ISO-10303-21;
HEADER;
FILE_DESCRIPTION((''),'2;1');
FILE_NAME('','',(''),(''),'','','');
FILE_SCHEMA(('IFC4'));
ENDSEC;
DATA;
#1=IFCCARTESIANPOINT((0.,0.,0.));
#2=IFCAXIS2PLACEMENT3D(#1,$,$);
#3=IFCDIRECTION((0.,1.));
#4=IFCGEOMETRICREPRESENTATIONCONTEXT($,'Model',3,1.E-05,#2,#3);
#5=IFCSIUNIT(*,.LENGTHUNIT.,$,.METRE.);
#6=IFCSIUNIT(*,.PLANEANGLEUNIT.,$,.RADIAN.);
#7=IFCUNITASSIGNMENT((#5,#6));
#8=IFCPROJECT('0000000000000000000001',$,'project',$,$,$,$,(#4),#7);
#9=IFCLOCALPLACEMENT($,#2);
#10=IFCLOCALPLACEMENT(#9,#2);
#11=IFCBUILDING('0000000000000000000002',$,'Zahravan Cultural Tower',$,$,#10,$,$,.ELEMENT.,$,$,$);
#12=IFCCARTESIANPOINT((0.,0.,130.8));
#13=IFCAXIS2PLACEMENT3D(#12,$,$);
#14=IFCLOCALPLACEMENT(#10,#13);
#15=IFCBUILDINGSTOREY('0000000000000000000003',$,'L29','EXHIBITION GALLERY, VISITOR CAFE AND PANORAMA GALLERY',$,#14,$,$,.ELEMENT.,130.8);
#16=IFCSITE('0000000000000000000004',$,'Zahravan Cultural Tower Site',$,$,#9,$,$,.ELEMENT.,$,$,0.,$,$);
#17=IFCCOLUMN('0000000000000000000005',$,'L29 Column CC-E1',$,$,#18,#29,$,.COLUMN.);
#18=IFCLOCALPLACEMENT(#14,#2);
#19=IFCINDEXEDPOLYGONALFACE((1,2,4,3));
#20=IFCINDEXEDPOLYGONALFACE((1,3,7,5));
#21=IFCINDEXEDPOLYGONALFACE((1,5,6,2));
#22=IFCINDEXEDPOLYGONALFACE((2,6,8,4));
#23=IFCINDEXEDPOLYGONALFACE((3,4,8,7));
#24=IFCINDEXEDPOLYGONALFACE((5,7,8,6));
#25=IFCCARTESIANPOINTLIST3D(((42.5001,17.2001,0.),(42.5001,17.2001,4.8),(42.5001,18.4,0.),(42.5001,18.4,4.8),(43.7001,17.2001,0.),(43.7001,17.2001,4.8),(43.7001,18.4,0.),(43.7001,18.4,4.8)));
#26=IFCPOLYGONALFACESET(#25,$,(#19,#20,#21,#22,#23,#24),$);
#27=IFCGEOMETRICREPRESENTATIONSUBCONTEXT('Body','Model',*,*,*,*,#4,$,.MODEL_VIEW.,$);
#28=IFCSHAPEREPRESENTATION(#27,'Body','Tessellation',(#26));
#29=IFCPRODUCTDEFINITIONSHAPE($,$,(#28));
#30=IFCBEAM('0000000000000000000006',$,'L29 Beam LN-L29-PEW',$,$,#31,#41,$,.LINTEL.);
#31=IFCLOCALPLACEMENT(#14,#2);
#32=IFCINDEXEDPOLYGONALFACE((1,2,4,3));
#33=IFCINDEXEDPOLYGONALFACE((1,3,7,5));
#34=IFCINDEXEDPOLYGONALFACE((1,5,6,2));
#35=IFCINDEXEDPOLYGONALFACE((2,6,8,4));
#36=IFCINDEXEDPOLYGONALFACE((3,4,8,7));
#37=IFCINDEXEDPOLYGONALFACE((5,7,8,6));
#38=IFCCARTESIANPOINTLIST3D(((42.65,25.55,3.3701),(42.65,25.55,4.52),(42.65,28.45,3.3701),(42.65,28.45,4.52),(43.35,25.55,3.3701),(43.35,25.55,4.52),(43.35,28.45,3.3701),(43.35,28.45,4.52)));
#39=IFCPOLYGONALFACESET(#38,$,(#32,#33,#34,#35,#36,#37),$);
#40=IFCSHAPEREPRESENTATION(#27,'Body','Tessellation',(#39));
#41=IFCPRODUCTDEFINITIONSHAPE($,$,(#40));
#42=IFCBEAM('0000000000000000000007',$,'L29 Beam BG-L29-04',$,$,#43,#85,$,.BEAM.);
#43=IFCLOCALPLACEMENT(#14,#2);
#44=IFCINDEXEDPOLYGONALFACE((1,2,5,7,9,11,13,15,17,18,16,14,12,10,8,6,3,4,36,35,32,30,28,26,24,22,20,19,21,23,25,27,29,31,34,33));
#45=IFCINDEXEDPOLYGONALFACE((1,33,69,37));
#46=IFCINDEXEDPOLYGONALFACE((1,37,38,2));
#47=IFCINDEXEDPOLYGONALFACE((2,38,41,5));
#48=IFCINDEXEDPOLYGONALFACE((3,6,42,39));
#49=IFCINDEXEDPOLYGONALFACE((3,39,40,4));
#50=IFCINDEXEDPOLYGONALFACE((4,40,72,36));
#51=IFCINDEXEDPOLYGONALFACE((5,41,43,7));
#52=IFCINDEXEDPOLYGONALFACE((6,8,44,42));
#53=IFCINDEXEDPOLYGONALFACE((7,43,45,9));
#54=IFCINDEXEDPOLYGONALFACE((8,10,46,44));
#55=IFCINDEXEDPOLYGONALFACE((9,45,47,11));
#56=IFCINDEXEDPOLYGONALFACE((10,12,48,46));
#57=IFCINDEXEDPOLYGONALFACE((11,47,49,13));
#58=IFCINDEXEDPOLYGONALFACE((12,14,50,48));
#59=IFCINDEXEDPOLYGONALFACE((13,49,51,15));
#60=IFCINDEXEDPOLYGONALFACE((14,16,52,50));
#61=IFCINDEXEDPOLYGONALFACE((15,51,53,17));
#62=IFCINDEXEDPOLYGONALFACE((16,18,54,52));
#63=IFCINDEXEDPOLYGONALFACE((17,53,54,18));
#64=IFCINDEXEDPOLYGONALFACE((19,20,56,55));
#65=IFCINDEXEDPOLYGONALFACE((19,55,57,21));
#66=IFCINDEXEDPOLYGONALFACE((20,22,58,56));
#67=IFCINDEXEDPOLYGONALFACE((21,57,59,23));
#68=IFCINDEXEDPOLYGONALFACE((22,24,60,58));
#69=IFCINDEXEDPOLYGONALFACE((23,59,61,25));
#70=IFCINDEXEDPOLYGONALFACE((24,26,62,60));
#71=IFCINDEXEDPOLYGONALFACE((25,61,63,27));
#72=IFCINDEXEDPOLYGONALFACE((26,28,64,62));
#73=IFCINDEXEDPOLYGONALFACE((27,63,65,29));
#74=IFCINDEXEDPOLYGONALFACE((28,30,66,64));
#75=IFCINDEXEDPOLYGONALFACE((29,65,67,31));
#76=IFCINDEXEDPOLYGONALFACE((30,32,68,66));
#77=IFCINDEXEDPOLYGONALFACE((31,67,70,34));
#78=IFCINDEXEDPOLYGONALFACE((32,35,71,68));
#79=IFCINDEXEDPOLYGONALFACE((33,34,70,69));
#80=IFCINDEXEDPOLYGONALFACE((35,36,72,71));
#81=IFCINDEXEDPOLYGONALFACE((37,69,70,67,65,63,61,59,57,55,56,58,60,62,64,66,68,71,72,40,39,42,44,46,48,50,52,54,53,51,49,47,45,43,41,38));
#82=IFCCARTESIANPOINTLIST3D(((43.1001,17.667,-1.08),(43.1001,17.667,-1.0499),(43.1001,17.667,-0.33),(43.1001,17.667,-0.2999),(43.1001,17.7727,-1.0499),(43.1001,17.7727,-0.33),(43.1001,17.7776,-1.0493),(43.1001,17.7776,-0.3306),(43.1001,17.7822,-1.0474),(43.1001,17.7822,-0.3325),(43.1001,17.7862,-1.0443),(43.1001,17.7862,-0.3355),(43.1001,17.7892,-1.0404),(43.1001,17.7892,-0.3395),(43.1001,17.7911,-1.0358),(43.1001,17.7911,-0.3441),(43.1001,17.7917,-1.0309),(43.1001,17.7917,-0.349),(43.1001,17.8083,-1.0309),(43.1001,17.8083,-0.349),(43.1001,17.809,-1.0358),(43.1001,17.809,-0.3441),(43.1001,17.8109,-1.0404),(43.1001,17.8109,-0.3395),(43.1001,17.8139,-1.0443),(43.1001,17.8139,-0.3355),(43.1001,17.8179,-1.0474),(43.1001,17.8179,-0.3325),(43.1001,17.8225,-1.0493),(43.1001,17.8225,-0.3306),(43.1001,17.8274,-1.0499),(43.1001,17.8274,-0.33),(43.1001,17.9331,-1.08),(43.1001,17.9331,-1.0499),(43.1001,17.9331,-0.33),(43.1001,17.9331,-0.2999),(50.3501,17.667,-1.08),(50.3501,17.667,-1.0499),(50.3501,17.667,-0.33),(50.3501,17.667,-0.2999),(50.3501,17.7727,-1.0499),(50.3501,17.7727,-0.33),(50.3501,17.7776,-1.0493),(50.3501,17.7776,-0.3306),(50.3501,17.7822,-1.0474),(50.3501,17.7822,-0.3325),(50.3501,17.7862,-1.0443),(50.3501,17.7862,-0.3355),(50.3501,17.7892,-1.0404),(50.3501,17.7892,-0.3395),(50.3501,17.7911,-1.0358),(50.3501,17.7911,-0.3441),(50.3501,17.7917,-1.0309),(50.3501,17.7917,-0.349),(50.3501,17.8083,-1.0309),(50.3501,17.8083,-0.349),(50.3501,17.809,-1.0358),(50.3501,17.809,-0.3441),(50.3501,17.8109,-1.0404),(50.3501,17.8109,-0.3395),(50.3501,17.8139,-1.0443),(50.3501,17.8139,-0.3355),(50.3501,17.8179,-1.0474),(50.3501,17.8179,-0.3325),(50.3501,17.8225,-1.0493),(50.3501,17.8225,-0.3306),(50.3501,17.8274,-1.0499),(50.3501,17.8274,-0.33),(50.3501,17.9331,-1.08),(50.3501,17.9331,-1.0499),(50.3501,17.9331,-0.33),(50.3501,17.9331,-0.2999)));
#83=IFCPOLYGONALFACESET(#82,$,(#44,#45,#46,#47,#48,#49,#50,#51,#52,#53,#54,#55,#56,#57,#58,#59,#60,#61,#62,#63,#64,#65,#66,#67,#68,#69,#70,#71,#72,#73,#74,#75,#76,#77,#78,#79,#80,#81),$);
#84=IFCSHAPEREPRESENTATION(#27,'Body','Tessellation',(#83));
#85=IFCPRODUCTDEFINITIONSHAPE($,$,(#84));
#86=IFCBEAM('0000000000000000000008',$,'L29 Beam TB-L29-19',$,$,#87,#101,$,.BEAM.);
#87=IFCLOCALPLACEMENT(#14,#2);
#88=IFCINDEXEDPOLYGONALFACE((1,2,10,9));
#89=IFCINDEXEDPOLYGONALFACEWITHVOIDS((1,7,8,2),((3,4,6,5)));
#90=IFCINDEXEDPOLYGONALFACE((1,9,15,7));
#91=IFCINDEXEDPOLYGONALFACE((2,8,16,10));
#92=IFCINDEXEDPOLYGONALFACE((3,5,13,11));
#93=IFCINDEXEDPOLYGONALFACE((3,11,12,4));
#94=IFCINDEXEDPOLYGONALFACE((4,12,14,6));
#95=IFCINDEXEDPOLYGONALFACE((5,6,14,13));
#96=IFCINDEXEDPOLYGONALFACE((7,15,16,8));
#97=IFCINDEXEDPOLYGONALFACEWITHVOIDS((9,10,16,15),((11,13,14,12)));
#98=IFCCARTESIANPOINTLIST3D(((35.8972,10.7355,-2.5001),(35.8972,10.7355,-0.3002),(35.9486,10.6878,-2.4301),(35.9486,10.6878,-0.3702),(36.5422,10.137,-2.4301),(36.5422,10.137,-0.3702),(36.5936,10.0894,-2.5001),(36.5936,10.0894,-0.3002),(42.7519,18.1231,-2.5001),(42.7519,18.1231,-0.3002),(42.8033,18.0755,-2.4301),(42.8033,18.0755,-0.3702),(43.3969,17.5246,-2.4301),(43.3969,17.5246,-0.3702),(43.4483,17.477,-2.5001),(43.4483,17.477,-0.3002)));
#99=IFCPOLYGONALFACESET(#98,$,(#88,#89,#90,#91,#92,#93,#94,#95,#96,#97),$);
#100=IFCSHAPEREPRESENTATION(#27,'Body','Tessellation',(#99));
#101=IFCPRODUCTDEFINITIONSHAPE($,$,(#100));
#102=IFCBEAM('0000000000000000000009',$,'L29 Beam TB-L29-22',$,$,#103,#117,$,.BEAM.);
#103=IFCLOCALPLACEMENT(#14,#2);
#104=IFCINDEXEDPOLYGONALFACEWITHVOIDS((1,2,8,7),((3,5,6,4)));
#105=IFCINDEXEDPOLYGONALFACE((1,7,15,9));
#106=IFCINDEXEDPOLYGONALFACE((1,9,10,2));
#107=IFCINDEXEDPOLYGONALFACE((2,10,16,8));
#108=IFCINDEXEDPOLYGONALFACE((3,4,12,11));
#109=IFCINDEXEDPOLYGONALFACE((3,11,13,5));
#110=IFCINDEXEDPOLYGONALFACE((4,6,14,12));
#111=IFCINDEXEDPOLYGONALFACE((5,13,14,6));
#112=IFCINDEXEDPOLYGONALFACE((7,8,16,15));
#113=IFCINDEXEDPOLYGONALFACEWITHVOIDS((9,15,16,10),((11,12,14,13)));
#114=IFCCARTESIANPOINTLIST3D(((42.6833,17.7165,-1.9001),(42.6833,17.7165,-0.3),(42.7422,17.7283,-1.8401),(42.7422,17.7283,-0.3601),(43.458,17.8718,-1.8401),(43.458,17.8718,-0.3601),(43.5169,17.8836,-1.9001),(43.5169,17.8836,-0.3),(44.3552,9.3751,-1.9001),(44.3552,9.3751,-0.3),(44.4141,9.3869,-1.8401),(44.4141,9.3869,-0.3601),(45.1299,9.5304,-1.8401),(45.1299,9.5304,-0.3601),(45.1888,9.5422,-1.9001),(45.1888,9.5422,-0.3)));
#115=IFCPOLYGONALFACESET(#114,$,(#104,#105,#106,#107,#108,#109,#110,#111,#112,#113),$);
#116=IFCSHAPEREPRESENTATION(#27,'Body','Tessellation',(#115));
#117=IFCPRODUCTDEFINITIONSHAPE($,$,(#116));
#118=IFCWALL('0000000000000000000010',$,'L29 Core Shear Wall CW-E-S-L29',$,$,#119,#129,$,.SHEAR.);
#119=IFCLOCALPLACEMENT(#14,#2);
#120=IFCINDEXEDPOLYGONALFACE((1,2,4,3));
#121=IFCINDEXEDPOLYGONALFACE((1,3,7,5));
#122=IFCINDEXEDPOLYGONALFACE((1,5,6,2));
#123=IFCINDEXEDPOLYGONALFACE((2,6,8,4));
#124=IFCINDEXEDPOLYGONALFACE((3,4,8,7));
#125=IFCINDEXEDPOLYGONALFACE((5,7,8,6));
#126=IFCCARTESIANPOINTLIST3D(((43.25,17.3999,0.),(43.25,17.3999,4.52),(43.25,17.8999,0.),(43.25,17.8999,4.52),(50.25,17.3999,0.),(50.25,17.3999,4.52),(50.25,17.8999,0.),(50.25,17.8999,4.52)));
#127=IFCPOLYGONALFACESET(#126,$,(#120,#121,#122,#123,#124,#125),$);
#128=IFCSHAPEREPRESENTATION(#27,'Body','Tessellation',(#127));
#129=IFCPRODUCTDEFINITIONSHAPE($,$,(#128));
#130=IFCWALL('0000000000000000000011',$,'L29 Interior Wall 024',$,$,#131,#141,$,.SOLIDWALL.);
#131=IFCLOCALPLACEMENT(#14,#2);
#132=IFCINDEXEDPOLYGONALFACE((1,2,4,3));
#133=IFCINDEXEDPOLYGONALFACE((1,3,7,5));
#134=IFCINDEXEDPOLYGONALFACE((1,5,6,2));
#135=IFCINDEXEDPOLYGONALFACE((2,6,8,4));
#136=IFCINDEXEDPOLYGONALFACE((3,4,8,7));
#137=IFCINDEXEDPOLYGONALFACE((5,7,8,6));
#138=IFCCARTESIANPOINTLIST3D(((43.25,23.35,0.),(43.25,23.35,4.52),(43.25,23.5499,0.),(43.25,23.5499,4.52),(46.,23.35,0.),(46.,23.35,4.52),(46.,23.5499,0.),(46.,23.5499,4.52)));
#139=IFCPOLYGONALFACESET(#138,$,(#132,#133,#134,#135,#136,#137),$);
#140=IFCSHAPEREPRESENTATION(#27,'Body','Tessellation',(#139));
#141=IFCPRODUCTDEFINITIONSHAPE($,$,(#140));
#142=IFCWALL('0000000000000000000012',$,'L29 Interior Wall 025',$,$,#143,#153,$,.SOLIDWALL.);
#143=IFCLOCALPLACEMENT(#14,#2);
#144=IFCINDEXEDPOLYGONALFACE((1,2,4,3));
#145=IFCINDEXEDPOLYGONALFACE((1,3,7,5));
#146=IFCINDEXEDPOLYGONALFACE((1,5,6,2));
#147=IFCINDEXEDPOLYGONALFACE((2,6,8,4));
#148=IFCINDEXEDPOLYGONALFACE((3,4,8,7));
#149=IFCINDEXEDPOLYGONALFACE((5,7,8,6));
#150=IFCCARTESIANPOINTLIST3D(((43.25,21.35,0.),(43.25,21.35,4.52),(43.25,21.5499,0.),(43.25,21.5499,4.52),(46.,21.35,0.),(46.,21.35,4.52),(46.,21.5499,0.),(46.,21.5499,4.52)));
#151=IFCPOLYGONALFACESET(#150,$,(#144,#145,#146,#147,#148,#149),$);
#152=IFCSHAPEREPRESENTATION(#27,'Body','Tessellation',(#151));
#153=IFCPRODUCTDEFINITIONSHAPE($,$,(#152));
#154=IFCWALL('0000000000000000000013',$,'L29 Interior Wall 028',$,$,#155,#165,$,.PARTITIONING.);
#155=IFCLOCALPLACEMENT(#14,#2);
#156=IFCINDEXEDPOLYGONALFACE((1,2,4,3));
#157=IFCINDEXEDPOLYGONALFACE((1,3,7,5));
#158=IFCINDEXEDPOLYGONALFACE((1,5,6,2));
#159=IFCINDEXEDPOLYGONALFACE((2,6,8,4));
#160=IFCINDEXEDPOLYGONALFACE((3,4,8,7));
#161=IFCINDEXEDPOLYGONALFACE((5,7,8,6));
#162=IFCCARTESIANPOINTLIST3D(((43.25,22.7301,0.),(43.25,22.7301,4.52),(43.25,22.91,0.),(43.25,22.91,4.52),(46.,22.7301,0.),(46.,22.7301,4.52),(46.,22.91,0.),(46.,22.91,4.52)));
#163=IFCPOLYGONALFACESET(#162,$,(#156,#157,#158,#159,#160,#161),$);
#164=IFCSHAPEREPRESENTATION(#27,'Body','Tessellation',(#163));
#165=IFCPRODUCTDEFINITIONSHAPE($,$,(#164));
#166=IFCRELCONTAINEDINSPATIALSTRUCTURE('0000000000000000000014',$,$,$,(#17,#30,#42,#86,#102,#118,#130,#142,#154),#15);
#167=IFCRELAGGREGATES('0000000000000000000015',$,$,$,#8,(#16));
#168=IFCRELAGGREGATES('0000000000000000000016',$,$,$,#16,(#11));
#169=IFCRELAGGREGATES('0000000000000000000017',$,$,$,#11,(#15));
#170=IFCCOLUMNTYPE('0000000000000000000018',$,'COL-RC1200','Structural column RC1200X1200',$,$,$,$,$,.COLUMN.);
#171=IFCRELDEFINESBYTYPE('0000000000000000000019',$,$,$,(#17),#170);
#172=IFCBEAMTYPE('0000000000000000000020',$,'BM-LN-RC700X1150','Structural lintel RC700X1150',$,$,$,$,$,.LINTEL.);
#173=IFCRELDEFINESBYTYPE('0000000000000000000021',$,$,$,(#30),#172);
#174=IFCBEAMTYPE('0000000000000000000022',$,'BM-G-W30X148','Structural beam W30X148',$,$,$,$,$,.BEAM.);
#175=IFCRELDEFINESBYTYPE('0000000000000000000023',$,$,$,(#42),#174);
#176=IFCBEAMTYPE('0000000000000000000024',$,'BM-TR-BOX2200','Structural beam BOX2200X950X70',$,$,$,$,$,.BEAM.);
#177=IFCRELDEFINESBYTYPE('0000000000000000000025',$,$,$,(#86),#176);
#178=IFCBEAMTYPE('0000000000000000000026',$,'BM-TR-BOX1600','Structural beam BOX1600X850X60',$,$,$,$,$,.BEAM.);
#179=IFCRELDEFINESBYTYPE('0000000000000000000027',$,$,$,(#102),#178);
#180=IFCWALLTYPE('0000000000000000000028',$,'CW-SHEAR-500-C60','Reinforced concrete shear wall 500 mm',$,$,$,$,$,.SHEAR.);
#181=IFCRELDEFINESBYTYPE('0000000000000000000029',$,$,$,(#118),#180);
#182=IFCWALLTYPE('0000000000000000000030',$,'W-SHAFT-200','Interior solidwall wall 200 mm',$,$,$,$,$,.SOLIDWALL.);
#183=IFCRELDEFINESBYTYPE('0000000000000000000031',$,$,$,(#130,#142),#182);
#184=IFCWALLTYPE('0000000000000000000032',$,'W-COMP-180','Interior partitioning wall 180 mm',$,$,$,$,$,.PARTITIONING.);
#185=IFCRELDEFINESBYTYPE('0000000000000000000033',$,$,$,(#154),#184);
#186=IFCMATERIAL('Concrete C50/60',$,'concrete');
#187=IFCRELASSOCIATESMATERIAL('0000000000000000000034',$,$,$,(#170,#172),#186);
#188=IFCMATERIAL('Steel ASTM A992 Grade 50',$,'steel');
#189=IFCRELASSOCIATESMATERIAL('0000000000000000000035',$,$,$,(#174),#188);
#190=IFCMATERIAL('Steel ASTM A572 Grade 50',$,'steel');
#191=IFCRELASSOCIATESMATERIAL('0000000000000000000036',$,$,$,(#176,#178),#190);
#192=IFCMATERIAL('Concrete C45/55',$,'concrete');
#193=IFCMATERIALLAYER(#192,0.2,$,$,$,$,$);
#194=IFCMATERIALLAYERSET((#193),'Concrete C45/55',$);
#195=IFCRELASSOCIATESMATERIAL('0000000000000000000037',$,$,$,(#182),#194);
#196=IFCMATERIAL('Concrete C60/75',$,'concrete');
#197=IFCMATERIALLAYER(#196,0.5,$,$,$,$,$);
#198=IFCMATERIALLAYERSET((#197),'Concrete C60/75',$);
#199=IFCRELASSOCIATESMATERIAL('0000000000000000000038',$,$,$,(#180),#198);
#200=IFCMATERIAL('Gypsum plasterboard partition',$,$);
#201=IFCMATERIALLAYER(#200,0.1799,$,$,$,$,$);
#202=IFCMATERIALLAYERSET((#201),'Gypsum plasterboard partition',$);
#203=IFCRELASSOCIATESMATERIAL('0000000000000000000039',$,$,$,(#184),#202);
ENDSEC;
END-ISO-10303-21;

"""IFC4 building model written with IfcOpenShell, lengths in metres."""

from ifc_helpers import new_model, si_unit, direction, frame, frame_2d, origin, origin_2d, place, context, subcontext, project, spatial, rectangle, hollow_rectangle, i_section, extrude, source, transform, mapped, material, layer, layer_set, material_profile, profile_set, type_object, element, save


model = new_model("IFC4")

# Units and contexts
model_context = context("Model", 3, precision=1e-05, world=origin(), true_north=direction((0.0, 1.0)))
body_context = subcontext(model_context, "Body", "Model", "MODEL_VIEW")
ifc_project = project(units=[si_unit("LENGTHUNIT", "METRE"), si_unit("PLANEANGLEUNIT", "RADIAN")], contexts=[model_context])

# Site, building, storey
site_placement = place(None, origin())
site = spatial("IfcSite", under=ifc_project, at=site_placement, Name="Zahravan Cultural Tower Site", CompositionType="ELEMENT", RefElevation=0.0)
building_placement = place(site_placement, origin())
building = spatial("IfcBuilding", under=site, at=building_placement, Name="Zahravan Cultural Tower", CompositionType="ELEMENT")
storey_placement = place(building_placement, frame((0.0, 0.0, 130.8)))
storey = spatial("IfcBuildingStorey", under=building, at=storey_placement, Name="L29", Description="EXHIBITION GALLERY, VISITOR CAFE AND PANORAMA GALLERY", CompositionType="ELEMENT", Elevation=130.8)

# Column
ifc_material_1 = material(Name="Concrete C50/60", Category="concrete")
ifc_material_profile_1 = material_profile(ifc_material_1, rectangle(XDim=1.2, YDim=1.2, at=origin_2d()), Name="RC1200X1200")
ifc_profile_set_1 = profile_set([ifc_material_profile_1], Name="Concrete C50/60")
column_type = type_object("IfcColumnType", Name="COL-RC1200", Description="Structural column RC1200X1200", PredefinedType="COLUMN", material=ifc_profile_set_1)
shared_shape_1 = source(origin(), body_context, "Body", "SweptSolid", [
    extrude(rectangle(XDim=1.2, YDim=1.2, at=origin_2d()), origin(), (0.0, 0.0, 1.0), 4.8),
])
column_placement = place(storey_placement, frame((43.1001, 17.8, 0.0), z_axis=(0.0, 0.0, 1.0), x_axis=(1.0, 0.0, 0.0)))
element("IfcColumn", 1, at=column_placement, inside=storey, type_object=column_type, Name="L29 Column CC-E1", PredefinedType="COLUMN", context=body_context, shape_type="MappedRepresentation", body=[
    mapped(shared_shape_1, transform((0.0, 0.0, 0.0), x_axis=(1.0, 0.0, 0.0), y_axis=(0.0, 1.0, 0.0), z_axis=(0.0, 0.0, 1.0), scale=1.0)),
])

# Beams
ifc_material_profile_2 = material_profile(ifc_material_1, rectangle(XDim=0.7, YDim=1.1499, at=origin_2d()), Name="RC700X1150")
ifc_profile_set_2 = profile_set([ifc_material_profile_2], Name="Concrete C50/60")
beam_type_1 = type_object("IfcBeamType", Name="BM-LN-RC700X1150", Description="Structural lintel RC700X1150", PredefinedType="LINTEL", material=ifc_profile_set_2)
shared_shape_2 = source(origin(), body_context, "Body", "SweptSolid", [
    extrude(rectangle(XDim=0.7, YDim=1.1499, at=origin_2d()), origin(), (0.0, 0.0, 1.0), 2.8999),
])
beam_1_placement = place(storey_placement, frame((43.0, 25.55, 3.9451), z_axis=(0.0, 1.0, 0.0), x_axis=(-1.0, 0.0, 0.0)))
element("IfcBeam", 2, at=beam_1_placement, inside=storey, type_object=beam_type_1, Name="L29 Beam LN-L29-PEW", PredefinedType="LINTEL", context=body_context, shape_type="MappedRepresentation", body=[
    mapped(shared_shape_2, transform((0.0, 0.0, 0.0), x_axis=(1.0, 0.0, 0.0), y_axis=(0.0, 1.0, 0.0), z_axis=(0.0, 0.0, 1.0), scale=1.0)),
])
ifc_material_2 = material(Name="Steel ASTM A992 Grade 50", Category="steel")
ifc_material_profile_3 = material_profile(ifc_material_2, i_section(OverallWidth=0.2661, OverallDepth=0.78, WebThickness=0.0166, FlangeThickness=0.03, FilletRadius=0.019, at=origin_2d()), Name="W30X148")
ifc_profile_set_3 = profile_set([ifc_material_profile_3], Name="Steel ASTM A992 Grade 50")
beam_type_2 = type_object("IfcBeamType", Name="BM-G-W30X148", Description="Structural beam W30X148", PredefinedType="BEAM", material=ifc_profile_set_3)
shared_shape_3 = source(origin(), body_context, "Body", "SweptSolid", [
    extrude(i_section(OverallWidth=0.2661, OverallDepth=0.78, WebThickness=0.0166, FlangeThickness=0.03, FilletRadius=0.019, at=origin_2d()), origin(), (0.0, 0.0, 1.0), 7.25),
])
beam_2_placement = place(storey_placement, frame((43.1001, 17.8, -0.6899), z_axis=(1.0, 0.0, 0.0), x_axis=(0.0, 1.0, 0.0)))
element("IfcBeam", 3, at=beam_2_placement, inside=storey, type_object=beam_type_2, Name="L29 Beam BG-L29-04", PredefinedType="BEAM", context=body_context, shape_type="MappedRepresentation", body=[
    mapped(shared_shape_3, transform((0.0, 0.0, 0.0), x_axis=(1.0, 0.0, 0.0), y_axis=(0.0, 1.0, 0.0), z_axis=(0.0, 0.0, 1.0), scale=1.0)),
])
ifc_material_3 = material(Name="Steel ASTM A572 Grade 50", Category="steel")
ifc_material_profile_4 = material_profile(ifc_material_3, hollow_rectangle(XDim=0.95, YDim=2.2, WallThickness=0.0701, at=origin_2d()), Name="BOX2200X950X70")
ifc_profile_set_4 = profile_set([ifc_material_profile_4], Name="Steel ASTM A572 Grade 50")
beam_type_3 = type_object("IfcBeamType", Name="BM-TR-BOX2200", Description="Structural beam BOX2200X950X70", PredefinedType="BEAM", material=ifc_profile_set_4)
shared_shape_4 = source(origin(), body_context, "Body", "SweptSolid", [
    extrude(hollow_rectangle(XDim=0.95, YDim=2.2, WallThickness=0.0701, at=origin_2d()), origin(), (0.0, 0.0, 1.0), 10.0779),
])
beam_3_placement = place(storey_placement, frame((43.1001, 17.8, -1.4001), z_axis=(-0.68017, -0.733054, 0.0), x_axis=(0.733054, -0.68017, 0.0)))
element("IfcBeam", 4, at=beam_3_placement, inside=storey, type_object=beam_type_3, Name="L29 Beam TB-L29-19", PredefinedType="BEAM", context=body_context, shape_type="MappedRepresentation", body=[
    mapped(shared_shape_4, transform((0.0, 0.0, 0.0), x_axis=(1.0, 0.0, 0.0), y_axis=(0.0, 1.0, 0.0), z_axis=(0.0, 0.0, 1.0), scale=1.0)),
])
ifc_material_profile_5 = material_profile(ifc_material_3, hollow_rectangle(XDim=0.8501, YDim=1.6001, WallThickness=0.0601, at=origin_2d()), Name="BOX1600X850X60")
ifc_profile_set_5 = profile_set([ifc_material_profile_5], Name="Steel ASTM A572 Grade 50")
beam_type_4 = type_object("IfcBeamType", Name="BM-TR-BOX1600", Description="Structural beam BOX1600X850X60", PredefinedType="BEAM", material=ifc_profile_set_5)
shared_shape_5 = source(origin(), body_context, "Body", "SweptSolid", [
    extrude(hollow_rectangle(XDim=0.8501, YDim=1.6001, WallThickness=0.0601, at=origin_2d()), origin(), (0.0, 0.0, 1.0), 8.5073),
])
beam_4_placement = place(storey_placement, frame((43.1001, 17.8, -1.1001), z_axis=(0.196525, -0.980499, 0.0), x_axis=(0.980499, 0.196525, 0.0)))
element("IfcBeam", 5, at=beam_4_placement, inside=storey, type_object=beam_type_4, Name="L29 Beam TB-L29-22", PredefinedType="BEAM", context=body_context, shape_type="MappedRepresentation", body=[
    mapped(shared_shape_5, transform((0.0, 0.0, 0.0), x_axis=(1.0, 0.0, 0.0), y_axis=(0.0, 1.0, 0.0), z_axis=(0.0, 0.0, 1.0), scale=1.0)),
])

# Shared definitions
ifc_material_4 = material(Name="Concrete C45/55", Category="concrete")
ifc_layer_1 = layer(ifc_material_4, 0.2)
ifc_layer_set_1 = layer_set([ifc_layer_1], Name="Concrete C45/55")
wall_type_1 = type_object("IfcWallType", Name="W-SHAFT-200", Description="Interior solidwall wall 200 mm", PredefinedType="SOLIDWALL", material=ifc_layer_set_1)

# Walls
ifc_material_5 = material(Name="Concrete C60/75", Category="concrete")
ifc_layer_2 = layer(ifc_material_5, 0.5)
ifc_layer_set_2 = layer_set([ifc_layer_2], Name="Concrete C60/75")
wall_type_2 = type_object("IfcWallType", Name="CW-SHEAR-500-C60", Description="Reinforced concrete shear wall 500 mm", PredefinedType="SHEAR", material=ifc_layer_set_2)
shared_shape_6 = source(origin(), body_context, "Body", "SweptSolid", [
    extrude(rectangle(XDim=7.0, YDim=0.5, at=frame_2d((3.5, 0.0))), origin(), (0.0, 0.0, 1.0), 4.52),
])
wall_1_placement = place(storey_placement, frame((43.25, 17.6499, 0.0), z_axis=(0.0, 0.0, 1.0), x_axis=(1.0, 0.0, 0.0)))
element("IfcWall", 6, at=wall_1_placement, inside=storey, type_object=wall_type_2, Name="L29 Core Shear Wall CW-E-S-L29", PredefinedType="SHEAR", context=body_context, shape_type="MappedRepresentation", body=[
    mapped(shared_shape_6, transform((0.0, 0.0, 0.0), x_axis=(1.0, 0.0, 0.0), y_axis=(0.0, 1.0, 0.0), z_axis=(0.0, 0.0, 1.0), scale=1.0)),
])
shared_shape_7 = source(origin(), body_context, "Body", "SweptSolid", [
    extrude(rectangle(XDim=2.75, YDim=0.2, at=frame_2d((1.375, 0.0))), origin(), (0.0, 0.0, 1.0), 4.52),
])
for number, where, z_axis, x_axis, name in (
    (7, (43.25, 23.45, 0.0), (0.0, 0.0, 1.0), (1.0, 0.0, 0.0), "L29 Interior Wall 024"),
    (8, (43.25, 21.45, 0.0), (0.0, 0.0, 1.0), (1.0, 0.0, 0.0), "L29 Interior Wall 025"),
):
    element("IfcWall", number, at=place(storey_placement, frame(where, z_axis=z_axis, x_axis=x_axis)), inside=storey, type_object=wall_type_1, Name=name, PredefinedType="SOLIDWALL", context=body_context, shape_type="MappedRepresentation", body=[
        mapped(shared_shape_7, transform((0.0, 0.0, 0.0), x_axis=(1.0, 0.0, 0.0), y_axis=(0.0, 1.0, 0.0), z_axis=(0.0, 0.0, 1.0), scale=1.0)),
    ])
ifc_material_6 = material(Name="Gypsum plasterboard partition")
ifc_layer_3 = layer(ifc_material_6, 0.1799)
ifc_layer_set_3 = layer_set([ifc_layer_3], Name="Gypsum plasterboard partition")
wall_type_3 = type_object("IfcWallType", Name="W-COMP-180", Description="Interior partitioning wall 180 mm", PredefinedType="PARTITIONING", material=ifc_layer_set_3)
shared_shape_8 = source(origin(), body_context, "Body", "SweptSolid", [
    extrude(rectangle(XDim=2.75, YDim=0.1799, at=frame_2d((1.375, 0.0))), origin(), (0.0, 0.0, 1.0), 4.52),
])
wall_2_placement = place(storey_placement, frame((43.25, 22.8201, 0.0), z_axis=(0.0, 0.0, 1.0), x_axis=(1.0, 0.0, 0.0)))
element("IfcWall", 9, at=wall_2_placement, inside=storey, type_object=wall_type_3, Name="L29 Interior Wall 028", PredefinedType="PARTITIONING", context=body_context, shape_type="MappedRepresentation", body=[
    mapped(shared_shape_8, transform((0.0, 0.0, 0.0), x_axis=(1.0, 0.0, 0.0), y_axis=(0.0, 1.0, 0.0), z_axis=(0.0, 0.0, 1.0), scale=1.0)),
])

save(model, "model.ifc")
